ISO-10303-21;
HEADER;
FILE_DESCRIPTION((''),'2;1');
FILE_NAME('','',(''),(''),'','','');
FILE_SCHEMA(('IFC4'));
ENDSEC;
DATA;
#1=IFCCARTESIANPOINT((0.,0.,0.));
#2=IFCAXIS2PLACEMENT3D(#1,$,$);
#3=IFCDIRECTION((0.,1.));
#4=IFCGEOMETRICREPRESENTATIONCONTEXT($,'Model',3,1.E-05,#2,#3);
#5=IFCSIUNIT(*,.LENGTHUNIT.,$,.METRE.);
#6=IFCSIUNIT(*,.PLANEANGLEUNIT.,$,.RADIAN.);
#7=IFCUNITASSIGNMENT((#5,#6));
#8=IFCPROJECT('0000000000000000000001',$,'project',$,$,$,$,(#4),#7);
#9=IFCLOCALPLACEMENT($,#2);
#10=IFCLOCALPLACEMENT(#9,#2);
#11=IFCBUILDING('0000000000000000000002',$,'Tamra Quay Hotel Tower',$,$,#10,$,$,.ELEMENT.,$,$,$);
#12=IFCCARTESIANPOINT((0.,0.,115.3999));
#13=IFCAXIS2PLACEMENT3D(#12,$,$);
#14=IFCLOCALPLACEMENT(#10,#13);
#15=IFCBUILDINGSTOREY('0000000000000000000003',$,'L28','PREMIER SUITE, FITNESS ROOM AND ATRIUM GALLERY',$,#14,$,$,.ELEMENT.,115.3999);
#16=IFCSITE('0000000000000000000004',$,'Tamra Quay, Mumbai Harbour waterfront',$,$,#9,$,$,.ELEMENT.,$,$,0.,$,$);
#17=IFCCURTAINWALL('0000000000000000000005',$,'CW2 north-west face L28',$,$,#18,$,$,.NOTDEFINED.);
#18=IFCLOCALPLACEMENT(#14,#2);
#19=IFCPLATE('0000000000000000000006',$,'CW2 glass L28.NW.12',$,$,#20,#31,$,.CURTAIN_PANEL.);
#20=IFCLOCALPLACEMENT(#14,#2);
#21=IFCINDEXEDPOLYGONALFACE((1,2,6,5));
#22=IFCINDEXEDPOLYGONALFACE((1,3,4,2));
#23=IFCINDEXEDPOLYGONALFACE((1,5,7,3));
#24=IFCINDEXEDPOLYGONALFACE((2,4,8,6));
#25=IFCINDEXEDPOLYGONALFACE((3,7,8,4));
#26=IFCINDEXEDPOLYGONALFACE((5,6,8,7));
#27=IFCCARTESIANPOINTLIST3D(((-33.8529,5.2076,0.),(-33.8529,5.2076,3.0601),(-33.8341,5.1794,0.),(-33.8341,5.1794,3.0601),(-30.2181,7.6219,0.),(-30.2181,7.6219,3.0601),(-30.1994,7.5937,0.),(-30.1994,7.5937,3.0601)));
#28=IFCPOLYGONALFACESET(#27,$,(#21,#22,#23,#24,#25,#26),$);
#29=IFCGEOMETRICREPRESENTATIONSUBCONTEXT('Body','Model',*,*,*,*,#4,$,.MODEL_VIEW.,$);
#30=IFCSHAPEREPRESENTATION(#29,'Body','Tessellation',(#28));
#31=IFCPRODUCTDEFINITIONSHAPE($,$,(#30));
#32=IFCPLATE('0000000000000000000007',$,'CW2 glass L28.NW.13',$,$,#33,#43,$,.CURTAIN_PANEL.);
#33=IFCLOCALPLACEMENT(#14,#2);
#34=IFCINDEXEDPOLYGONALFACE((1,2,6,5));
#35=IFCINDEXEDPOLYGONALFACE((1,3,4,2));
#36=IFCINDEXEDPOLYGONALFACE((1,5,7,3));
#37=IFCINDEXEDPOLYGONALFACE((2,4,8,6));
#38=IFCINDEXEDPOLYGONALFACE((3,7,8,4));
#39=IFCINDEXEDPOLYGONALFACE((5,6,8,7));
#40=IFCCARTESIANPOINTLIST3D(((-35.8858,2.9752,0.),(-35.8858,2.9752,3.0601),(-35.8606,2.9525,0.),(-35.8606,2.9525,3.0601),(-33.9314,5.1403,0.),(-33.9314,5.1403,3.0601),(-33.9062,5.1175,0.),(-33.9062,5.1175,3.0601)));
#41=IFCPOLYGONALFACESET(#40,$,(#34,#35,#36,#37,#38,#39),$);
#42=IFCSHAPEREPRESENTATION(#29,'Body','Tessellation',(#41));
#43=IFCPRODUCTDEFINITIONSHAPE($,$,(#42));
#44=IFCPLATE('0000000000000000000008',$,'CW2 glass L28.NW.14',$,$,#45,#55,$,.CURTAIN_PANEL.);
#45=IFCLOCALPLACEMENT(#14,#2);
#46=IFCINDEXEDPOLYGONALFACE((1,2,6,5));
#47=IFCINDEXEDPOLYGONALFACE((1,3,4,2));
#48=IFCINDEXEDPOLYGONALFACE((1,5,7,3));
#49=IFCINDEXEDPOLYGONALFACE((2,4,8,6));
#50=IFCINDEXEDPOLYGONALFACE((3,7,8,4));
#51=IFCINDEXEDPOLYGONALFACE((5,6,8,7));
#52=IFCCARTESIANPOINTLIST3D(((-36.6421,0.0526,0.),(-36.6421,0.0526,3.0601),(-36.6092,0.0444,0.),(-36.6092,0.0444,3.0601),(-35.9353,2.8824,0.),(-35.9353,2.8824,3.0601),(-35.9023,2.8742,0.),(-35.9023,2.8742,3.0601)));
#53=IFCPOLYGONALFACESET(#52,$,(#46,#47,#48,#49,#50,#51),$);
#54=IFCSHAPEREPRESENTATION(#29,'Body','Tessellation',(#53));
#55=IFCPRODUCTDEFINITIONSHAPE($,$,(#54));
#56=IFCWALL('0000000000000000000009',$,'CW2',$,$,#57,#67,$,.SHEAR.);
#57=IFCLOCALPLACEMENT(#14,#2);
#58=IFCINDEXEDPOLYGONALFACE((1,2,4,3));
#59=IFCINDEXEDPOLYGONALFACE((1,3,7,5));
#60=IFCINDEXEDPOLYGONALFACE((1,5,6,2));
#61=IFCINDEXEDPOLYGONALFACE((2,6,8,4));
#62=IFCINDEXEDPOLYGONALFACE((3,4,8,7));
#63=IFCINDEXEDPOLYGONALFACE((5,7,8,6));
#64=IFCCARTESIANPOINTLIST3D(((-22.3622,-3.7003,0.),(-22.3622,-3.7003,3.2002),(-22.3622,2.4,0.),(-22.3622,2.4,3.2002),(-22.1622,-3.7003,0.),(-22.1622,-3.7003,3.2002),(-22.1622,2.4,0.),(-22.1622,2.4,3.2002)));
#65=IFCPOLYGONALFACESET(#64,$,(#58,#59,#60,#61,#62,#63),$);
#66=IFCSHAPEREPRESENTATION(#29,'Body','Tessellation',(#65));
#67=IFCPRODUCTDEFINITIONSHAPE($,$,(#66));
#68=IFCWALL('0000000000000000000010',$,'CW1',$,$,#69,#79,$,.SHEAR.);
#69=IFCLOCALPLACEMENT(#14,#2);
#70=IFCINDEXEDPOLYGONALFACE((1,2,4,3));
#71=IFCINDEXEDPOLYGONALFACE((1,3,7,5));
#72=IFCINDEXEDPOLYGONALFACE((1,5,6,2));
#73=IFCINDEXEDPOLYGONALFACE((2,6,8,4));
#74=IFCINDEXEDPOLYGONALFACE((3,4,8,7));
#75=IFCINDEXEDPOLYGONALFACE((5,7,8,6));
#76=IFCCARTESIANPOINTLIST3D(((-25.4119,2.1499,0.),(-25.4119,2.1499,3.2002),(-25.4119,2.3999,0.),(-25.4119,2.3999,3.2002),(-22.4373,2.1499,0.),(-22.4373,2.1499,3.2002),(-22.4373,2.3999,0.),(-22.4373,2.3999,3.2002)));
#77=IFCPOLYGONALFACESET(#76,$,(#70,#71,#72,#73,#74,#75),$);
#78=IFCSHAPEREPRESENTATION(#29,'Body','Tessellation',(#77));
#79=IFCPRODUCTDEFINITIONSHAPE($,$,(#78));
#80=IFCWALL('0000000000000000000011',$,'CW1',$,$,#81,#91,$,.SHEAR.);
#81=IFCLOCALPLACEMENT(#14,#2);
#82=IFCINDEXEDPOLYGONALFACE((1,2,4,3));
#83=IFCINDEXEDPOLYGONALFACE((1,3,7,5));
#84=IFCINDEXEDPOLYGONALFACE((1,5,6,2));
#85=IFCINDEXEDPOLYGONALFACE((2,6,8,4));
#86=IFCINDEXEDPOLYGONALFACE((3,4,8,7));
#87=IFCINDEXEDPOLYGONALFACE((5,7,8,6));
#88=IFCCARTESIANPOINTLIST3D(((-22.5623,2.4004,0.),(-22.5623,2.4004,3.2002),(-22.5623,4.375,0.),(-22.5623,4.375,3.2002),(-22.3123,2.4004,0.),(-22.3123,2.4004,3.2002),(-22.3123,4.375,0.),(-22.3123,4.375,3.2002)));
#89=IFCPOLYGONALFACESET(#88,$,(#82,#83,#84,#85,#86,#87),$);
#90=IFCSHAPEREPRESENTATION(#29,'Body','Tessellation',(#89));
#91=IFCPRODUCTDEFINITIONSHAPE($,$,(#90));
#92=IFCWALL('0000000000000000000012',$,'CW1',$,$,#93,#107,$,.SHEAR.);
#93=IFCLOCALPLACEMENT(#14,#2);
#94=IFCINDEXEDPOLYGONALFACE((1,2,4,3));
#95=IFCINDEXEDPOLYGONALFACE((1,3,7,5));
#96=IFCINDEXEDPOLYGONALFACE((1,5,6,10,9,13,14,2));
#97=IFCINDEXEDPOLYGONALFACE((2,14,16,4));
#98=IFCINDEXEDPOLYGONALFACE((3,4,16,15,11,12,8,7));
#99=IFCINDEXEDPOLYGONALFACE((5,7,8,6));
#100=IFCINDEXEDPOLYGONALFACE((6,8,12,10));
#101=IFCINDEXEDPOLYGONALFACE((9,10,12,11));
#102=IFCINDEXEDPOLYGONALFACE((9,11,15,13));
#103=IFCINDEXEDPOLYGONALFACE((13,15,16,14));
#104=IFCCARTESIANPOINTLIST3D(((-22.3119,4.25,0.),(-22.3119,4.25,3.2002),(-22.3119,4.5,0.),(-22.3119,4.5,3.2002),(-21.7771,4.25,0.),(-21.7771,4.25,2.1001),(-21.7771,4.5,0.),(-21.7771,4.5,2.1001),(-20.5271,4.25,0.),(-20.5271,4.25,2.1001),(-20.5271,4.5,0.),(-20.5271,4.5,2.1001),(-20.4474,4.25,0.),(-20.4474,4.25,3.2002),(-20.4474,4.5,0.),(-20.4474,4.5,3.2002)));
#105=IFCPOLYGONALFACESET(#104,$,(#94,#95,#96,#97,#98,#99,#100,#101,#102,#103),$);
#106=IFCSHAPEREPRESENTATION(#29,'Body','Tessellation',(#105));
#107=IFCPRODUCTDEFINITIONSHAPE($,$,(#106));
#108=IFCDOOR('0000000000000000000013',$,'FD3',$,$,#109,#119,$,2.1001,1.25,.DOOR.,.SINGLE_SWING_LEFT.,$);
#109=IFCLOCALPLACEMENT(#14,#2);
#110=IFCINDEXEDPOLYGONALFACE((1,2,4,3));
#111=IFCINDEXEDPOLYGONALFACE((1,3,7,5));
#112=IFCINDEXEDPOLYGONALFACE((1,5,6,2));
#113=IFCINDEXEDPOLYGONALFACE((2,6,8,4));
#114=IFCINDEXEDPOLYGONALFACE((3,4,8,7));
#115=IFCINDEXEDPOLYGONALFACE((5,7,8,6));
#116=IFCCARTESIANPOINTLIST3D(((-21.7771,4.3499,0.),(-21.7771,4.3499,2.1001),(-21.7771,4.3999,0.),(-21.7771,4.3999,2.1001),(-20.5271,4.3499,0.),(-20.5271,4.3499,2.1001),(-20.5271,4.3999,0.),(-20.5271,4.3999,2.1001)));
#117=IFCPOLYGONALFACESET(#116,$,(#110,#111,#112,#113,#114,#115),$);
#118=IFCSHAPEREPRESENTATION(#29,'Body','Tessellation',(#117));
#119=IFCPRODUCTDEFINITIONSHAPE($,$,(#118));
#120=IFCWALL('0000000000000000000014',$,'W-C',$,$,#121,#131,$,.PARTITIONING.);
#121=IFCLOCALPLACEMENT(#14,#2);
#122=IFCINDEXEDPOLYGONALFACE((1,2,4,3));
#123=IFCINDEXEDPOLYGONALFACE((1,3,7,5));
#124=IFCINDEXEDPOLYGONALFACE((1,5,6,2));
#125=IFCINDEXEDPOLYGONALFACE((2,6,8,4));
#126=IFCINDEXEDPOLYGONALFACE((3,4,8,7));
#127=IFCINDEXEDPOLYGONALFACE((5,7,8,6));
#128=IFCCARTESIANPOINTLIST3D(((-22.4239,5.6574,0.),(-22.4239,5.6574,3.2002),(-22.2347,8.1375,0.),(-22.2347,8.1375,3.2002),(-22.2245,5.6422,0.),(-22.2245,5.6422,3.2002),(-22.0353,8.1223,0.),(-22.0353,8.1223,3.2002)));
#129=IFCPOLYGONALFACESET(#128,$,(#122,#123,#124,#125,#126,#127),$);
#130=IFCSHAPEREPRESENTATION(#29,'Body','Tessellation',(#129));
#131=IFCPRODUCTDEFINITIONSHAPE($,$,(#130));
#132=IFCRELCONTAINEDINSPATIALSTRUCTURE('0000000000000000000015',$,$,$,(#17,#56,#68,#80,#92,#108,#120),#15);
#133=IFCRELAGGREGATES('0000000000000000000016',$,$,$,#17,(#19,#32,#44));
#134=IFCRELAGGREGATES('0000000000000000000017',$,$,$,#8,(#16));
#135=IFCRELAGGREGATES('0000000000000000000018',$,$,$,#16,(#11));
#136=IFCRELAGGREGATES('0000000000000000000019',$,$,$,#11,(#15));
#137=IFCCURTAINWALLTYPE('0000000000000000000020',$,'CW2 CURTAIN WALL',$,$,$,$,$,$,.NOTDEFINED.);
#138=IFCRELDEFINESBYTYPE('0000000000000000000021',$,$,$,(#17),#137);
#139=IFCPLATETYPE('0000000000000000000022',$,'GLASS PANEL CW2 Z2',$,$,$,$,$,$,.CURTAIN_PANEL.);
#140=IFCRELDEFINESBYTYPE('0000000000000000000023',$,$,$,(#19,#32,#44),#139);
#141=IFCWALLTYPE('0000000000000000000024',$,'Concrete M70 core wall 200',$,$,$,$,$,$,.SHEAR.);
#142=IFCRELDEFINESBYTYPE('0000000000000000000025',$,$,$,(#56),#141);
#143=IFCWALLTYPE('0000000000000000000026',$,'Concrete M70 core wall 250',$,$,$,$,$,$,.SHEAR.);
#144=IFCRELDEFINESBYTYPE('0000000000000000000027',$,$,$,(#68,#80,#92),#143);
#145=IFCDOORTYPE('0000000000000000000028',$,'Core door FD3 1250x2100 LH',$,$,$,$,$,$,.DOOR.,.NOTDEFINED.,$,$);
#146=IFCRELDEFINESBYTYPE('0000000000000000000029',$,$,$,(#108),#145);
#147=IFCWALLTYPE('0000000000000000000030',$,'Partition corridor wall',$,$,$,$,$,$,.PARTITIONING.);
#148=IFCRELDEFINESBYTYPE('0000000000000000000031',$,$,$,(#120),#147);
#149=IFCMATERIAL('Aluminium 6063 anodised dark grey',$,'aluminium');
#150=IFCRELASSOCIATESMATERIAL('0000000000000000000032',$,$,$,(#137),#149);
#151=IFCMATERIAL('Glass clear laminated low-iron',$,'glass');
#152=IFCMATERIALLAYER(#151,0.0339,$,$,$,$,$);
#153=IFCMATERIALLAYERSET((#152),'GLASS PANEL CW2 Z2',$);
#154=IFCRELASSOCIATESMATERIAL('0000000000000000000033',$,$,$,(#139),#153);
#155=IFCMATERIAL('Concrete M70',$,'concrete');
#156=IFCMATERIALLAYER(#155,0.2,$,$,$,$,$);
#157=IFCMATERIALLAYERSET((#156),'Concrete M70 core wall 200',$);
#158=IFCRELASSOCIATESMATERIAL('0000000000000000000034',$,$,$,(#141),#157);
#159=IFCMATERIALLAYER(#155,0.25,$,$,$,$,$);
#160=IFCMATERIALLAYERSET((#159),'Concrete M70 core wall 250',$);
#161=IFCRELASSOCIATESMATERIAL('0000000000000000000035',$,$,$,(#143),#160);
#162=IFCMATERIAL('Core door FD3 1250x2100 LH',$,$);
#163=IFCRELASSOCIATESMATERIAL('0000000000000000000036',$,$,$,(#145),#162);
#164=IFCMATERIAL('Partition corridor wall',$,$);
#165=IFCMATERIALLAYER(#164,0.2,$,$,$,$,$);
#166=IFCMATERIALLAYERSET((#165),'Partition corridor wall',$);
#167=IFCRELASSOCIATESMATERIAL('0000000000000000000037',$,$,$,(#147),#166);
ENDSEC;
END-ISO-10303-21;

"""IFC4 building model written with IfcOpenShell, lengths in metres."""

from ifc_helpers import new_model, si_unit, direction, frame, frame_2d, origin, origin_2d, place, context, subcontext, project, spatial, rectangle, extrude, material, layer, layer_set, type_object, element, fill, aggregate, save


model = new_model("IFC4")

# Units and contexts
model_context = context("Model", 3, precision=1e-05, world=origin(), true_north=direction((0.0, 1.0)))
body_context = subcontext(model_context, "Body", "Model", "MODEL_VIEW")
ifc_project = project(units=[si_unit("LENGTHUNIT", "METRE"), si_unit("PLANEANGLEUNIT", "RADIAN")], contexts=[model_context])

# Site, building, storey
site_placement = place(None, origin())
site = spatial("IfcSite", under=ifc_project, at=site_placement, Name="Tamra Quay, Mumbai Harbour waterfront", CompositionType="ELEMENT", RefElevation=0.0)
building_placement = place(site_placement, origin())
building = spatial("IfcBuilding", under=site, at=building_placement, Name="Tamra Quay Hotel Tower", CompositionType="ELEMENT")
storey_placement = place(building_placement, frame((0.0, 0.0, 115.3999)))
storey = spatial("IfcBuildingStorey", under=building, at=storey_placement, Name="L28", Description="PREMIER SUITE, FITNESS ROOM AND ATRIUM GALLERY", CompositionType="ELEMENT", Elevation=115.3999)

# Shared definitions
ifc_material_1 = material(Name="Concrete M70", Category="concrete")

# Curtain wall
ifc_material_2 = material(Name="Aluminium 6063 anodised dark grey", Category="aluminium")
curtain_wall_type = type_object("IfcCurtainWallType", Name="CW2 CURTAIN WALL", PredefinedType="NOTDEFINED", material=ifc_material_2)
curtain_wall_placement = place(storey_placement, origin())
curtain_wall = element("IfcCurtainWall", 1, at=curtain_wall_placement, inside=storey, type_object=curtain_wall_type, Name="CW2 north-west face L28", PredefinedType="NOTDEFINED")

# Plates
ifc_material_3 = material(Name="Glass clear laminated low-iron", Category="glass")
ifc_layer_1 = layer(ifc_material_3, 0.0339)
ifc_layer_set_1 = layer_set([ifc_layer_1], Name="GLASS PANEL CW2 Z2")
plate_type = type_object("IfcPlateType", Name="GLASS PANEL CW2 Z2", PredefinedType="CURTAIN_PANEL", material=ifc_layer_set_1)
plate_1_placement = place(storey_placement, frame((-32.0261, 6.4006, 0.0), z_axis=(0.0, 0.0, 1.0), x_axis=(-0.832988, -0.553291, 0.0)))
plate_1 = element("IfcPlate", 2, at=plate_1_placement, type_object=plate_type, Name="CW2 glass L28.NW.12", PredefinedType="CURTAIN_PANEL", context=body_context, shape_type="SweptSolid", body=[
    extrude(rectangle(XDim=4.3635, YDim=0.0339, at=origin_2d()), origin(), (0.0, 0.0, 1.0), 3.0601),
])
plate_2_placement = place(storey_placement, frame((-34.896, 4.0464, 0.0), z_axis=(0.0, 0.0, 1.0), x_axis=(-0.670088, -0.742282, 0.0)))
plate_2 = element("IfcPlate", 3, at=plate_2_placement, type_object=plate_type, Name="CW2 glass L28.NW.13", PredefinedType="CURTAIN_PANEL", context=body_context, shape_type="SweptSolid", body=[
    extrude(rectangle(XDim=2.9167, YDim=0.0339, at=origin_2d()), origin(), (0.0, 0.0, 1.0), 3.0601),
])
plate_3_placement = place(storey_placement, frame((-36.2722, 1.4634, 0.0), z_axis=(0.0, 0.0, 1.0), x_axis=(-0.242339, -0.970192, 0.0)))
plate_3 = element("IfcPlate", 4, at=plate_3_placement, type_object=plate_type, Name="CW2 glass L28.NW.14", PredefinedType="CURTAIN_PANEL", context=body_context, shape_type="SweptSolid", body=[
    extrude(rectangle(XDim=2.9167, YDim=0.0339, at=origin_2d()), origin(), (0.0, 0.0, 1.0), 3.0601),
])
aggregate(curtain_wall, [plate_1, plate_2, plate_3])

# Walls
ifc_layer_2 = layer(ifc_material_1, 0.2)
ifc_layer_set_2 = layer_set([ifc_layer_2], Name="Concrete M70 core wall 200")
wall_type_1 = type_object("IfcWallType", Name="Concrete M70 core wall 200", PredefinedType="SHEAR", material=ifc_layer_set_2)
wall_1_placement = place(storey_placement, frame((-22.2622, 2.4001, 0.0), z_axis=(0.0, 0.0, 1.0), x_axis=(0.0, -1.0, 0.0)))
element("IfcWall", 5, at=wall_1_placement, inside=storey, type_object=wall_type_1, Name="CW2", PredefinedType="SHEAR", context=body_context, shape_type="SweptSolid", body=[
    extrude(rectangle(XDim=6.1003, YDim=0.2, at=frame_2d((3.0503, 0.0))), origin(), (0.0, 0.0, 1.0), 3.2002),
])
ifc_layer_3 = layer(ifc_material_1, 0.25)
ifc_layer_set_3 = layer_set([ifc_layer_3], Name="Concrete M70 core wall 250")
wall_type_2 = type_object("IfcWallType", Name="Concrete M70 core wall 250", PredefinedType="SHEAR", material=ifc_layer_set_3)
wall_2_placement = place(storey_placement, frame((-25.4119, 2.2749, 0.0), z_axis=(0.0, 0.0, 1.0), x_axis=(1.0, 0.0, 0.0)))
element("IfcWall", 6, at=wall_2_placement, inside=storey, type_object=wall_type_2, Name="CW1", PredefinedType="SHEAR", context=body_context, shape_type="SweptSolid", body=[
    extrude(rectangle(XDim=2.9746, YDim=0.25, at=frame_2d((1.4873, 0.0))), origin(), (0.0, 0.0, 1.0), 3.2002),
])
wall_3_placement = place(storey_placement, frame((-22.4373, 2.4004, 0.0), z_axis=(0.0, 0.0, 1.0), x_axis=(0.0, 1.0, 0.0)))
element("IfcWall", 7, at=wall_3_placement, inside=storey, type_object=wall_type_2, Name="CW1", PredefinedType="SHEAR", context=body_context, shape_type="SweptSolid", body=[
    extrude(rectangle(XDim=1.9746, YDim=0.25, at=frame_2d((0.9873, 0.0))), origin(), (0.0, 0.0, 1.0), 3.2002),
])

# Wall, opening, door
wall_4_placement = place(storey_placement, frame((-22.3118, 4.375, 0.0), z_axis=(0.0, 0.0, 1.0), x_axis=(1.0, 0.0, 0.0)))
wall_4 = element("IfcWall", 8, at=wall_4_placement, inside=storey, type_object=wall_type_2, Name="CW1", PredefinedType="SHEAR", context=body_context, shape_type="SweptSolid", body=[
    extrude(rectangle(XDim=1.8645, YDim=0.25, at=frame_2d((0.9321, 0.0))), origin(), (0.0, 0.0, 1.0), 3.2002),
])
opening_placement = place(wall_4_placement, frame((0.5347, 0.0, 0.0)))
opening = element("IfcOpeningElement", 9, at=opening_placement, cuts=wall_4, PredefinedType="OPENING", context=body_context, shape_type="SweptSolid", body=[
    extrude(rectangle(XDim=1.25, YDim=2.1001, at=frame_2d((0.625, 1.05))), frame((0.0, 0.135, 0.0), z_axis=(0.0, -1.0, 0.0), x_axis=(1.0, 0.0, 0.0)), (0.0, 0.0, 1.0), 0.27),
])
ifc_material_4 = material(Name="Core door FD3 1250x2100 LH")
door_type = type_object("IfcDoorType", Name="Core door FD3 1250x2100 LH", OperationType="NOTDEFINED", PredefinedType="DOOR", material=ifc_material_4)
door_placement = place(opening_placement, origin())
door = element("IfcDoor", 10, at=door_placement, inside=storey, type_object=door_type, Name="FD3", OperationType="SINGLE_SWING_LEFT", OverallHeight=2.1001, OverallWidth=1.25, PredefinedType="DOOR", context=body_context, shape_type="SweptSolid", body=[
    extrude(rectangle(XDim=1.25, YDim=2.1001, at=frame_2d((0.625, 1.05))), frame((0.0, 0.0249, 0.0), z_axis=(0.0, -1.0, 0.0), x_axis=(1.0, 0.0, 0.0)), (0.0, 0.0, 1.0), 0.05),
])
fill(opening, door)

# Wall
ifc_material_5 = material(Name="Partition corridor wall")
ifc_layer_4 = layer(ifc_material_5, 0.2)
ifc_layer_set_4 = layer_set([ifc_layer_4], Name="Partition corridor wall")
wall_type_3 = type_object("IfcWallType", Name="Partition corridor wall", PredefinedType="PARTITIONING", material=ifc_layer_set_4)
wall_5_placement = place(storey_placement, frame((-22.135, 8.1299, 0.0), z_axis=(0.0, 0.0, 1.0), x_axis=(-0.076073, -0.997102, 0.0)))
element("IfcWall", 11, at=wall_5_placement, inside=storey, type_object=wall_type_3, Name="W-C", PredefinedType="PARTITIONING", context=body_context, shape_type="SweptSolid", body=[
    extrude(rectangle(XDim=2.4873, YDim=0.2, at=frame_2d((1.2437, 0.0))), origin(), (0.0, 0.0, 1.0), 3.2002),
])

save(model, "model.ifc")
